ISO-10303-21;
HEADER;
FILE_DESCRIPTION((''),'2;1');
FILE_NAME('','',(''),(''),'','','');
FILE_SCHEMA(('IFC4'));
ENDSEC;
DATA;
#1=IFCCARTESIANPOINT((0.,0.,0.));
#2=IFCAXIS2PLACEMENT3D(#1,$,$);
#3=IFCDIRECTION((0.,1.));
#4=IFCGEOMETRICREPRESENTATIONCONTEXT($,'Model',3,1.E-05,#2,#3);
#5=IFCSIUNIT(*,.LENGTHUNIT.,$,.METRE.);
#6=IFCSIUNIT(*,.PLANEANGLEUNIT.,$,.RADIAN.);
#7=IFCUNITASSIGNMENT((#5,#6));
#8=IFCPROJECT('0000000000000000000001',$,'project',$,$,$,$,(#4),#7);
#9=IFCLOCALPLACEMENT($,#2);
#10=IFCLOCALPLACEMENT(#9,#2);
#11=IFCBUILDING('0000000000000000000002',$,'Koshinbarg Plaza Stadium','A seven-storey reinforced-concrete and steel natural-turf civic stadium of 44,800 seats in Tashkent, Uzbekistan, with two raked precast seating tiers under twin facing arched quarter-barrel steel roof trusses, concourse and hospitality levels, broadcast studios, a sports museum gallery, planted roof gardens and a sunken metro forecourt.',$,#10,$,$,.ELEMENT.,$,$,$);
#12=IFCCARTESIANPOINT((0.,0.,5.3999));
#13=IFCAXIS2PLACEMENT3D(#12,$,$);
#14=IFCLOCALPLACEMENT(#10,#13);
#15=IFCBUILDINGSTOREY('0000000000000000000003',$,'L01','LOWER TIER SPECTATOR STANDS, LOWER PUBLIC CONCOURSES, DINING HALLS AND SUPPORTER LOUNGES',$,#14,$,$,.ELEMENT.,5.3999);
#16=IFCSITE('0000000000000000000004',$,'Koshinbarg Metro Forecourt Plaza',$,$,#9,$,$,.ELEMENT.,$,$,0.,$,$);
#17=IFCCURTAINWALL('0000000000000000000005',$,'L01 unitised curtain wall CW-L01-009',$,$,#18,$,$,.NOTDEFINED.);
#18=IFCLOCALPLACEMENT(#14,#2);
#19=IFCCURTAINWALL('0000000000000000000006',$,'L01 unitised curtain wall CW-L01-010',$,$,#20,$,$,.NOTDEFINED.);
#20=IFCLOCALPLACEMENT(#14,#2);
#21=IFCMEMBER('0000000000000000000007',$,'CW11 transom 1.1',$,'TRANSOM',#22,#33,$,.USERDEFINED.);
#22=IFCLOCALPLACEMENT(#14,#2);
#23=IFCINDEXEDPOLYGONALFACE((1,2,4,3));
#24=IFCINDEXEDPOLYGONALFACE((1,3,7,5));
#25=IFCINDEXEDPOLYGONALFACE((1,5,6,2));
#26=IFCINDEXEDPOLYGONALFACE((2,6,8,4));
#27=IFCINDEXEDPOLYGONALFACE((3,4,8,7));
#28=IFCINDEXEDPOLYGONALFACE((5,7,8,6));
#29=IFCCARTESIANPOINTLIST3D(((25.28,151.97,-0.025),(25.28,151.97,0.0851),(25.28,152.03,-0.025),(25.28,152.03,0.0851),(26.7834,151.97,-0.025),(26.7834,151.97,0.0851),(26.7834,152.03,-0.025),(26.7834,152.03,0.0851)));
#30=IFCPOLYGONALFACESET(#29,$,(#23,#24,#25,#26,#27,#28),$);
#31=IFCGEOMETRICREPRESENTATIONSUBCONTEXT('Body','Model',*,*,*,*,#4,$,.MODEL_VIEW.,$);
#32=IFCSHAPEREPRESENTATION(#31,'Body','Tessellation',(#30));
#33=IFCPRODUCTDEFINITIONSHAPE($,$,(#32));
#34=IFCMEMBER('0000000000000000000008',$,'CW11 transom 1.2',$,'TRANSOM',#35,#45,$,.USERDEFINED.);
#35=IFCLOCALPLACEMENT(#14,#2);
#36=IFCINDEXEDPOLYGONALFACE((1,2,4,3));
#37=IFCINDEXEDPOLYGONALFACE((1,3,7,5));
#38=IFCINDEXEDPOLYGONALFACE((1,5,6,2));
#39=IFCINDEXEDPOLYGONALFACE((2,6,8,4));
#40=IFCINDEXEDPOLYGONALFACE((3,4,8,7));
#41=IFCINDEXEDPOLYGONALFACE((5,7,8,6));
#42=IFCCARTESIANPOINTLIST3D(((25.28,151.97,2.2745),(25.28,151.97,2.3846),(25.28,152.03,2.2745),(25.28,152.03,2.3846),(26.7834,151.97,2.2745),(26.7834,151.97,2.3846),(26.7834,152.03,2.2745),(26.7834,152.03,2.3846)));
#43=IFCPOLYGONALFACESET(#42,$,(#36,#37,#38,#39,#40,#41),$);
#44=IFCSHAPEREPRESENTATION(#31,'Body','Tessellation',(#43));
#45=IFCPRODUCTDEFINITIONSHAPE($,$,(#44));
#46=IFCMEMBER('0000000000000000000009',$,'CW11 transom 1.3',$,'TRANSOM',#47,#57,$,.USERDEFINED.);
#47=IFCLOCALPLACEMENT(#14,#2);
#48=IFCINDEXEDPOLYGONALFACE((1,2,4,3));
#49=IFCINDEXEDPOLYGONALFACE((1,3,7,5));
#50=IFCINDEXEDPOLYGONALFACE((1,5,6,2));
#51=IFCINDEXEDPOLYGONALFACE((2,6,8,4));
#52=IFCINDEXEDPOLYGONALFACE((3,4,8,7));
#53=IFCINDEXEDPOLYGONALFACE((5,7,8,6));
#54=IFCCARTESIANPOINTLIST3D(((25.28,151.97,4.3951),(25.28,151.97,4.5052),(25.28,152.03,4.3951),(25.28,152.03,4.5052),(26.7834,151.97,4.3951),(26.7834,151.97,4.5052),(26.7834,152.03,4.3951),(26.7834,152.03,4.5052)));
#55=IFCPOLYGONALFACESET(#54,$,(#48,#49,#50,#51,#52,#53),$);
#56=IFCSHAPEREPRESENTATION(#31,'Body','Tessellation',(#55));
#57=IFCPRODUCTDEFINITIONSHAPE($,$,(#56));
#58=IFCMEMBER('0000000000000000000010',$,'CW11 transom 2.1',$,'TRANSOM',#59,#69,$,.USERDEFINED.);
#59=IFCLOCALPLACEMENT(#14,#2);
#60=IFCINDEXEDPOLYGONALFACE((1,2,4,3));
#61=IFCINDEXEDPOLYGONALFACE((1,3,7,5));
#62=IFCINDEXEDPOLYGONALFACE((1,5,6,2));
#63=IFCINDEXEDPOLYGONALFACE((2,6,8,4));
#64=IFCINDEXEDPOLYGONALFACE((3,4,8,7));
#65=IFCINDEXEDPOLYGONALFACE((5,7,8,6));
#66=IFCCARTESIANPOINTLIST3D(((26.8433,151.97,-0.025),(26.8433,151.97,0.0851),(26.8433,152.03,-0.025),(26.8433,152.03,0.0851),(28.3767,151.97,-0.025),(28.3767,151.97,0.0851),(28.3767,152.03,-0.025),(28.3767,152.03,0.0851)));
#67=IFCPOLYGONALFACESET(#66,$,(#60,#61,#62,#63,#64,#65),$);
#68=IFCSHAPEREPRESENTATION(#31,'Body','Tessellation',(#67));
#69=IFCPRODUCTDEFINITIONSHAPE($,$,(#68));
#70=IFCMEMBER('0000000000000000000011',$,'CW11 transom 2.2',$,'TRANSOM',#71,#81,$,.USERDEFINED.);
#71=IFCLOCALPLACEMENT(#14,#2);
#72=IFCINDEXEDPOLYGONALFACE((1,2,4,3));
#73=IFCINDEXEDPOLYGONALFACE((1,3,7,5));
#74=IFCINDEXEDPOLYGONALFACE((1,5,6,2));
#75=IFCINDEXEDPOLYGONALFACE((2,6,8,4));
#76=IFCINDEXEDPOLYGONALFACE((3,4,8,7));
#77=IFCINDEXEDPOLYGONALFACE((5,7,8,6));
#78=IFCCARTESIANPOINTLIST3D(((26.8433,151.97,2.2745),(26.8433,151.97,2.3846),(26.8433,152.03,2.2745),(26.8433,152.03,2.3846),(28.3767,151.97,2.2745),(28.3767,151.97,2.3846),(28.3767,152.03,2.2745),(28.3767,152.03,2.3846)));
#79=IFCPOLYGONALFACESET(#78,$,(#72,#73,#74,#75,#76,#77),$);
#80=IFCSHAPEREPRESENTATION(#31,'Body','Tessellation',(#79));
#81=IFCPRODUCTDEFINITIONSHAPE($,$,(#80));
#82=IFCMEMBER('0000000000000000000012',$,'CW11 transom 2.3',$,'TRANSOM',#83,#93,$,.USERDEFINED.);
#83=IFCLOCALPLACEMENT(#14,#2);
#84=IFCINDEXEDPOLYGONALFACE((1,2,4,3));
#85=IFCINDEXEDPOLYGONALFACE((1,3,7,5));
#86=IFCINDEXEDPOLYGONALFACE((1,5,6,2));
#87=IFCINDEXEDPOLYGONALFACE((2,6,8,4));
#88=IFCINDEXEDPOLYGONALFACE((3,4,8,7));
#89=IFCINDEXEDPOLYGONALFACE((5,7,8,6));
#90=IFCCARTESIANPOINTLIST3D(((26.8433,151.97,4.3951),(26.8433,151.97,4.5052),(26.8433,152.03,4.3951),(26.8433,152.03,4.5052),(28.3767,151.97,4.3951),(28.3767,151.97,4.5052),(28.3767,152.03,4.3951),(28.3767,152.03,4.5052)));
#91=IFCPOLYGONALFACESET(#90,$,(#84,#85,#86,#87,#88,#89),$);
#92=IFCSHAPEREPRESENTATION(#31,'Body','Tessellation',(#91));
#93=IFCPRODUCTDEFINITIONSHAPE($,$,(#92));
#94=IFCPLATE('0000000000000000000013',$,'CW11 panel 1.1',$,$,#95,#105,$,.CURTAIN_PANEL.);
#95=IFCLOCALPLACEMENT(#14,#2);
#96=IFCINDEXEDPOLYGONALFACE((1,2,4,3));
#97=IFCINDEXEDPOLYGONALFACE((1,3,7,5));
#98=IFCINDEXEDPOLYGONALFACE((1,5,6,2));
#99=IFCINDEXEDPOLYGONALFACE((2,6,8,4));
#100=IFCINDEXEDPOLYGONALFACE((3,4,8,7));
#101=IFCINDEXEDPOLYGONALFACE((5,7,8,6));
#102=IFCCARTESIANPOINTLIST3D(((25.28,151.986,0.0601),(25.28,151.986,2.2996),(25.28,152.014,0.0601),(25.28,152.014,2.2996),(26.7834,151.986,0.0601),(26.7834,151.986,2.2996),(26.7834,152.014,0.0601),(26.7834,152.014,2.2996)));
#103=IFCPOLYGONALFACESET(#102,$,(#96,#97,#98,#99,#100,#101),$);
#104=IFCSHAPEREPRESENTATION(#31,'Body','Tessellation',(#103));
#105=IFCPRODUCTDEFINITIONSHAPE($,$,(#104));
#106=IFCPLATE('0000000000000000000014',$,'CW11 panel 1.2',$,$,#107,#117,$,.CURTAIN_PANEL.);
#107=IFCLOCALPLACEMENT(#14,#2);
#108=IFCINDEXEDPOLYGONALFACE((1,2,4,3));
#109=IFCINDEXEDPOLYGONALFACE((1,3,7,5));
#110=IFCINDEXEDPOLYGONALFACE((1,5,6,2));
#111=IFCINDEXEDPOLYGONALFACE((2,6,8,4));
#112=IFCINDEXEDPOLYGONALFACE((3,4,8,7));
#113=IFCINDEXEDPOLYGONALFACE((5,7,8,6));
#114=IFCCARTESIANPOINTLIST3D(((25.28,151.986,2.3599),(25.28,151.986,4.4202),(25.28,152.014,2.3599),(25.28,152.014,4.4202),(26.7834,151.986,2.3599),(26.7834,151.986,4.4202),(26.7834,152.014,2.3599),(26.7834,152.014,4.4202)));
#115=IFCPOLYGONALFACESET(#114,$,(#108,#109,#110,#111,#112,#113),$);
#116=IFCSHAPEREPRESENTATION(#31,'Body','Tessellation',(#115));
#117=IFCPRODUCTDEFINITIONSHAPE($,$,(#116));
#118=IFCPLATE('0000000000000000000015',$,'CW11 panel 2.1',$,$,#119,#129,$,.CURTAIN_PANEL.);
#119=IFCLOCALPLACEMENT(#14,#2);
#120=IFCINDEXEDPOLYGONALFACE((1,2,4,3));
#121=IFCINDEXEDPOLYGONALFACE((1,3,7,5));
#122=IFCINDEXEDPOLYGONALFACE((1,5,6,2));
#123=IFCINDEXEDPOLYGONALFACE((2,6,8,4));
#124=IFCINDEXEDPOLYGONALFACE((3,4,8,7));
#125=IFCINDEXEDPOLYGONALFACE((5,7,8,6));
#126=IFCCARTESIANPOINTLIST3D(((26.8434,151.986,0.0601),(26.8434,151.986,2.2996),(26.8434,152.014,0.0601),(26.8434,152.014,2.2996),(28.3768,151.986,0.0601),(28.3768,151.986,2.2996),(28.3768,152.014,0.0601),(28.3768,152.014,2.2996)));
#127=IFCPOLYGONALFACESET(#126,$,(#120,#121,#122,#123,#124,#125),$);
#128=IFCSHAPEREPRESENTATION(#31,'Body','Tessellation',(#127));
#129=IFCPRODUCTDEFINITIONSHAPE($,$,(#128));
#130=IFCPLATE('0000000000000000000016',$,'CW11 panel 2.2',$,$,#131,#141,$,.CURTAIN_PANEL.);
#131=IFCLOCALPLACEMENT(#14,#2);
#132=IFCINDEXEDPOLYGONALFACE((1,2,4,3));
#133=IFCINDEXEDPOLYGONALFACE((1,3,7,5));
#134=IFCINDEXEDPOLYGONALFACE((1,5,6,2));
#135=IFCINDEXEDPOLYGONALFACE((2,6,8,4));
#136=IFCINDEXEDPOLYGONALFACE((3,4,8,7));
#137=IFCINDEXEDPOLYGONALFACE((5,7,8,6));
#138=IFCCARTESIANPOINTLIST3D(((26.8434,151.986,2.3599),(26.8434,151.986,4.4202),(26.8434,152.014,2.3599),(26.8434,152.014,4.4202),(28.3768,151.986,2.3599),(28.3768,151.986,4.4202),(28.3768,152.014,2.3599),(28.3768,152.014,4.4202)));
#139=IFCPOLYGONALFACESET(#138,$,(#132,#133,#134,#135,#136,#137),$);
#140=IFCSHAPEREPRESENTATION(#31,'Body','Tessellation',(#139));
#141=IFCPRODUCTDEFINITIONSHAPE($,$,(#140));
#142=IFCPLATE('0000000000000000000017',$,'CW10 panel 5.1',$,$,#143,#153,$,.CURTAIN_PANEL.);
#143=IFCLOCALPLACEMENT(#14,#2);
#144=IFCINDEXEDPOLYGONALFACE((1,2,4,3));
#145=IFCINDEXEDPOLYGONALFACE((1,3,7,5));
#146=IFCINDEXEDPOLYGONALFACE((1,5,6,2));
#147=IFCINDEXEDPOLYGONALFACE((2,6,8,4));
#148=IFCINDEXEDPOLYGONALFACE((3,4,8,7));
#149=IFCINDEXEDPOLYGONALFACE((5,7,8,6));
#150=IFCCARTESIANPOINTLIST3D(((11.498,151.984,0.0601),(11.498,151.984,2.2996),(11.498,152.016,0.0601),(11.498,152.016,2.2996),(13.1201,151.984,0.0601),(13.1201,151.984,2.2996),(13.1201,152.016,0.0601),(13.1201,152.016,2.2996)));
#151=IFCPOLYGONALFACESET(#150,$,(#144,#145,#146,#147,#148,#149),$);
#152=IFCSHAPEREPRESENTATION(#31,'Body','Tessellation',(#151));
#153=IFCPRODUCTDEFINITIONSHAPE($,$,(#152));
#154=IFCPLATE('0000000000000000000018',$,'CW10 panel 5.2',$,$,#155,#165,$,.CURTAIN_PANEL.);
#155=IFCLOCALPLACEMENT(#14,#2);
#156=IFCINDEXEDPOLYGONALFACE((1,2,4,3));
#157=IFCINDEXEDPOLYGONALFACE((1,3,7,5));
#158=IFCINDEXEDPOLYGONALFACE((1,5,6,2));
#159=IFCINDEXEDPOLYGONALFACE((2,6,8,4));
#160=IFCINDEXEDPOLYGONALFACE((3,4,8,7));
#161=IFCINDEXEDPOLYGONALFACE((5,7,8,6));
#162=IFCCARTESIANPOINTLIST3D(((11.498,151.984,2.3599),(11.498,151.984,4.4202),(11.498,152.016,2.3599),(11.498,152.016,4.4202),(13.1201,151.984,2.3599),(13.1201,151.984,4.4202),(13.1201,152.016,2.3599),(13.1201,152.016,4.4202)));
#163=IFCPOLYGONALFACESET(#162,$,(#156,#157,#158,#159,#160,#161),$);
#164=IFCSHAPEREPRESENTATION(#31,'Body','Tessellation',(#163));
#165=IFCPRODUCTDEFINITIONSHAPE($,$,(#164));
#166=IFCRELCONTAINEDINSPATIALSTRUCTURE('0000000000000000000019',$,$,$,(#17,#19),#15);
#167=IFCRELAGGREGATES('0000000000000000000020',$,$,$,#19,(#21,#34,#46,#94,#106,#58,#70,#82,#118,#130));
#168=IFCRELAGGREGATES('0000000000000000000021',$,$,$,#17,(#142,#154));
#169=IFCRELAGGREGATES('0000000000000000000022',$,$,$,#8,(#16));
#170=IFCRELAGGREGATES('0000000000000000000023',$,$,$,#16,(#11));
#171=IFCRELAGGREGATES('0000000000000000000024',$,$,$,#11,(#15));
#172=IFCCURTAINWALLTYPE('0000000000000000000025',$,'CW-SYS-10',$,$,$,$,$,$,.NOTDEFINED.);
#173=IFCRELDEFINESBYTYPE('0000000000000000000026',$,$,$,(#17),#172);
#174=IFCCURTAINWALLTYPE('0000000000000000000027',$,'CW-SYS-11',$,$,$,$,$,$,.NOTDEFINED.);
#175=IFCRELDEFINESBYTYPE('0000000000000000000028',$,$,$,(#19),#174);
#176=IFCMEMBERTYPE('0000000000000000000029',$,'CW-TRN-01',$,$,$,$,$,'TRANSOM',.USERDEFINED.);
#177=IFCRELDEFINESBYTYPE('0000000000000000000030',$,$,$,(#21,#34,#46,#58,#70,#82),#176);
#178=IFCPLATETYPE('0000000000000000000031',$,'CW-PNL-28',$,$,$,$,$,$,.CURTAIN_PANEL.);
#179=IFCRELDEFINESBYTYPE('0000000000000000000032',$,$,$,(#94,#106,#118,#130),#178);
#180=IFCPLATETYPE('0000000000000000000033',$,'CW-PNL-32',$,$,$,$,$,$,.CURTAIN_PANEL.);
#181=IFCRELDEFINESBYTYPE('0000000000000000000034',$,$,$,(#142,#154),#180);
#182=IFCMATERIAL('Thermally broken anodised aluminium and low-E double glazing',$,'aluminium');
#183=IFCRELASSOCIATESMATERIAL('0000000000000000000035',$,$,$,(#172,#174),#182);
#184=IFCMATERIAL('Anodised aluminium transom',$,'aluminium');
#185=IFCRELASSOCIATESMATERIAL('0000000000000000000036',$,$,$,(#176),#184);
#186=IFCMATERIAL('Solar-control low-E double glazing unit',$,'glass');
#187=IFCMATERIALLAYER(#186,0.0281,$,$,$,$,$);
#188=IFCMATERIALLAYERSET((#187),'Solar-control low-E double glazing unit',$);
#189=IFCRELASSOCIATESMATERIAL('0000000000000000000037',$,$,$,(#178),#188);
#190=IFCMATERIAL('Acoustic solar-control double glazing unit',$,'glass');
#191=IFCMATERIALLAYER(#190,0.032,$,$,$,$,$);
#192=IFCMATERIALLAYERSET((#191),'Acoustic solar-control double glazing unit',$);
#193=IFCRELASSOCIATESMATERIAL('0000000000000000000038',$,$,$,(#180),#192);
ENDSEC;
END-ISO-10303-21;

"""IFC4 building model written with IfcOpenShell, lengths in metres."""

from ifc_helpers import new_model, si_unit, direction, frame, origin, origin_2d, place, context, subcontext, project, spatial, rectangle, extrude, material, layer, layer_set, material_profile, profile_set, type_object, element, aggregate, save


model = new_model("IFC4")

# Units and contexts
model_context = context("Model", 3, precision=1e-05, world=origin(), true_north=direction((0.0, 1.0)))
body_context = subcontext(model_context, "Body", "Model", "MODEL_VIEW")
ifc_project = project(units=[si_unit("LENGTHUNIT", "METRE"), si_unit("PLANEANGLEUNIT", "RADIAN")], contexts=[model_context])

# Site, building, storey
site_placement = place(None, origin())
site = spatial("IfcSite", under=ifc_project, at=site_placement, Name="Koshinbarg Metro Forecourt Plaza", CompositionType="ELEMENT", RefElevation=0.0)
building_placement = place(site_placement, origin())
building = spatial("IfcBuilding", under=site, at=building_placement, Name="Koshinbarg Plaza Stadium", Description="A seven-storey reinforced-concrete and steel natural-turf civic stadium of 44,800 seats in Tashkent, Uzbekistan, with two raked precast seating tiers under twin facing arched quarter-barrel steel roof trusses, concourse and hospitality levels, broadcast studios, a sports museum gallery, planted roof gardens and a sunken metro forecourt.", CompositionType="ELEMENT")
storey_placement = place(building_placement, frame((0.0, 0.0, 5.3999)))
storey = spatial("IfcBuildingStorey", under=building, at=storey_placement, Name="L01", Description="LOWER TIER SPECTATOR STANDS, LOWER PUBLIC CONCOURSES, DINING HALLS AND SUPPORTER LOUNGES", CompositionType="ELEMENT", Elevation=5.3999)

# Curtain wall
ifc_material_1 = material(Name="Thermally broken anodised aluminium and low-E double glazing", Category="aluminium")
curtain_wall_type_1 = type_object("IfcCurtainWallType", Name="CW-SYS-10", PredefinedType="NOTDEFINED", material=ifc_material_1)
curtain_wall_1_placement = place(storey_placement, origin())
curtain_wall_1 = element("IfcCurtainWall", 1, at=curtain_wall_1_placement, inside=storey, type_object=curtain_wall_type_1, Name="L01 unitised curtain wall CW-L01-009", PredefinedType="NOTDEFINED")

# Curtain wall, members, plates
curtain_wall_type_2 = type_object("IfcCurtainWallType", Name="CW-SYS-11", PredefinedType="NOTDEFINED", material=ifc_material_1)
curtain_wall_2_placement = place(storey_placement, origin())
curtain_wall_2 = element("IfcCurtainWall", 2, at=curtain_wall_2_placement, inside=storey, type_object=curtain_wall_type_2, Name="L01 unitised curtain wall CW-L01-010", PredefinedType="NOTDEFINED")
ifc_material_2 = material(Name="Anodised aluminium transom", Category="aluminium")
ifc_material_profile_1 = material_profile(ifc_material_2, rectangle(XDim=0.0601, YDim=0.1101, at=origin_2d()), Name="ALU 60x110")
ifc_profile_set_1 = profile_set([ifc_material_profile_1], Name="Anodised aluminium transom")
member_type_1 = type_object("IfcMemberType", Name="CW-TRN-01", ElementType="TRANSOM", PredefinedType="USERDEFINED", material=ifc_profile_set_1)
member_1_placement = place(storey_placement, frame((25.28, 152.0, 0.03), z_axis=(1.0, 0.0, 0.0), x_axis=(0.0, 1.0, 0.0)))
member_1 = element("IfcMember", 3, at=member_1_placement, type_object=member_type_1, Name="CW11 transom 1.1", ObjectType="TRANSOM", PredefinedType="USERDEFINED", context=body_context, shape_type="SweptSolid", body=[
    extrude(rectangle(XDim=0.0601, YDim=0.1101, at=origin_2d()), origin(), (0.0, 0.0, 1.0), 1.5034),
])
member_2_placement = place(storey_placement, frame((25.28, 152.0, 2.3296), z_axis=(1.0, 0.0, 0.0), x_axis=(0.0, 1.0, 0.0)))
member_2 = element("IfcMember", 4, at=member_2_placement, type_object=member_type_1, Name="CW11 transom 1.2", ObjectType="TRANSOM", PredefinedType="USERDEFINED", context=body_context, shape_type="SweptSolid", body=[
    extrude(rectangle(XDim=0.0601, YDim=0.1101, at=origin_2d()), origin(), (0.0, 0.0, 1.0), 1.5034),
])
member_3_placement = place(storey_placement, frame((25.28, 152.0, 4.4502), z_axis=(1.0, 0.0, 0.0), x_axis=(0.0, 1.0, 0.0)))
member_3 = element("IfcMember", 5, at=member_3_placement, type_object=member_type_1, Name="CW11 transom 1.3", ObjectType="TRANSOM", PredefinedType="USERDEFINED", context=body_context, shape_type="SweptSolid", body=[
    extrude(rectangle(XDim=0.0601, YDim=0.1101, at=origin_2d()), origin(), (0.0, 0.0, 1.0), 1.5034),
])
member_4_placement = place(storey_placement, frame((26.8433, 152.0, 0.03), z_axis=(1.0, 0.0, 0.0), x_axis=(0.0, 1.0, 0.0)))
member_4 = element("IfcMember", 6, at=member_4_placement, type_object=member_type_1, Name="CW11 transom 2.1", ObjectType="TRANSOM", PredefinedType="USERDEFINED", context=body_context, shape_type="SweptSolid", body=[
    extrude(rectangle(XDim=0.0601, YDim=0.1101, at=origin_2d()), origin(), (0.0, 0.0, 1.0), 1.5334),
])
member_5_placement = place(storey_placement, frame((26.8433, 152.0, 2.3296), z_axis=(1.0, 0.0, 0.0), x_axis=(0.0, 1.0, 0.0)))
member_5 = element("IfcMember", 7, at=member_5_placement, type_object=member_type_1, Name="CW11 transom 2.2", ObjectType="TRANSOM", PredefinedType="USERDEFINED", context=body_context, shape_type="SweptSolid", body=[
    extrude(rectangle(XDim=0.0601, YDim=0.1101, at=origin_2d()), origin(), (0.0, 0.0, 1.0), 1.5334),
])
member_6_placement = place(storey_placement, frame((26.8433, 152.0, 4.4502), z_axis=(1.0, 0.0, 0.0), x_axis=(0.0, 1.0, 0.0)))
member_6 = element("IfcMember", 8, at=member_6_placement, type_object=member_type_1, Name="CW11 transom 2.3", ObjectType="TRANSOM", PredefinedType="USERDEFINED", context=body_context, shape_type="SweptSolid", body=[
    extrude(rectangle(XDim=0.0601, YDim=0.1101, at=origin_2d()), origin(), (0.0, 0.0, 1.0), 1.5334),
])
ifc_material_3 = material(Name="Solar-control low-E double glazing unit", Category="glass")
ifc_layer_1 = layer(ifc_material_3, 0.0281)
ifc_layer_set_1 = layer_set([ifc_layer_1], Name="Solar-control low-E double glazing unit")
plate_type_1 = type_object("IfcPlateType", Name="CW-PNL-28", PredefinedType="CURTAIN_PANEL", material=ifc_layer_set_1)
plate_1_placement = place(storey_placement, frame((26.0317, 152.0, 0.0601), z_axis=(0.0, 0.0, 1.0), x_axis=(1.0, 0.0, 0.0)))
plate_1 = element("IfcPlate", 9, at=plate_1_placement, type_object=plate_type_1, Name="CW11 panel 1.1", PredefinedType="CURTAIN_PANEL", context=body_context, shape_type="SweptSolid", body=[
    extrude(rectangle(XDim=1.5034, YDim=0.0281, at=origin_2d()), origin(), (0.0, 0.0, 1.0), 2.2395),
])
plate_2_placement = place(storey_placement, frame((26.0317, 152.0, 2.3599), z_axis=(0.0, 0.0, 1.0), x_axis=(1.0, 0.0, 0.0)))
plate_2 = element("IfcPlate", 10, at=plate_2_placement, type_object=plate_type_1, Name="CW11 panel 1.2", PredefinedType="CURTAIN_PANEL", context=body_context, shape_type="SweptSolid", body=[
    extrude(rectangle(XDim=1.5034, YDim=0.0281, at=origin_2d()), origin(), (0.0, 0.0, 1.0), 2.0603),
])
plate_3_placement = place(storey_placement, frame((27.6101, 152.0, 0.0601), z_axis=(0.0, 0.0, 1.0), x_axis=(1.0, 0.0, 0.0)))
plate_3 = element("IfcPlate", 11, at=plate_3_placement, type_object=plate_type_1, Name="CW11 panel 2.1", PredefinedType="CURTAIN_PANEL", context=body_context, shape_type="SweptSolid", body=[
    extrude(rectangle(XDim=1.5334, YDim=0.0281, at=origin_2d()), origin(), (0.0, 0.0, 1.0), 2.2395),
])
plate_4_placement = place(storey_placement, frame((27.6101, 152.0, 2.3599), z_axis=(0.0, 0.0, 1.0), x_axis=(1.0, 0.0, 0.0)))
plate_4 = element("IfcPlate", 12, at=plate_4_placement, type_object=plate_type_1, Name="CW11 panel 2.2", PredefinedType="CURTAIN_PANEL", context=body_context, shape_type="SweptSolid", body=[
    extrude(rectangle(XDim=1.5334, YDim=0.0281, at=origin_2d()), origin(), (0.0, 0.0, 1.0), 2.0603),
])
aggregate(curtain_wall_2, [member_1, member_2, member_3, plate_1, plate_2, member_4, member_5, member_6, plate_3, plate_4])

# Plates
ifc_material_4 = material(Name="Acoustic solar-control double glazing unit", Category="glass")
ifc_layer_2 = layer(ifc_material_4, 0.032)
ifc_layer_set_2 = layer_set([ifc_layer_2], Name="Acoustic solar-control double glazing unit")
plate_type_2 = type_object("IfcPlateType", Name="CW-PNL-32", PredefinedType="CURTAIN_PANEL", material=ifc_layer_set_2)
plate_5_placement = place(storey_placement, frame((12.3091, 152.0, 0.0601), z_axis=(0.0, 0.0, 1.0), x_axis=(1.0, 0.0, 0.0)))
plate_5 = element("IfcPlate", 13, at=plate_5_placement, type_object=plate_type_2, Name="CW10 panel 5.1", PredefinedType="CURTAIN_PANEL", context=body_context, shape_type="SweptSolid", body=[
    extrude(rectangle(XDim=1.6221, YDim=0.032, at=origin_2d()), origin(), (0.0, 0.0, 1.0), 2.2395),
])
plate_6_placement = place(storey_placement, frame((12.3091, 152.0, 2.3599), z_axis=(0.0, 0.0, 1.0), x_axis=(1.0, 0.0, 0.0)))
plate_6 = element("IfcPlate", 14, at=plate_6_placement, type_object=plate_type_2, Name="CW10 panel 5.2", PredefinedType="CURTAIN_PANEL", context=body_context, shape_type="SweptSolid", body=[
    extrude(rectangle(XDim=1.6221, YDim=0.032, at=origin_2d()), origin(), (0.0, 0.0, 1.0), 2.0603),
])
aggregate(curtain_wall_1, [plate_5, plate_6])

save(model, "model.ifc")
